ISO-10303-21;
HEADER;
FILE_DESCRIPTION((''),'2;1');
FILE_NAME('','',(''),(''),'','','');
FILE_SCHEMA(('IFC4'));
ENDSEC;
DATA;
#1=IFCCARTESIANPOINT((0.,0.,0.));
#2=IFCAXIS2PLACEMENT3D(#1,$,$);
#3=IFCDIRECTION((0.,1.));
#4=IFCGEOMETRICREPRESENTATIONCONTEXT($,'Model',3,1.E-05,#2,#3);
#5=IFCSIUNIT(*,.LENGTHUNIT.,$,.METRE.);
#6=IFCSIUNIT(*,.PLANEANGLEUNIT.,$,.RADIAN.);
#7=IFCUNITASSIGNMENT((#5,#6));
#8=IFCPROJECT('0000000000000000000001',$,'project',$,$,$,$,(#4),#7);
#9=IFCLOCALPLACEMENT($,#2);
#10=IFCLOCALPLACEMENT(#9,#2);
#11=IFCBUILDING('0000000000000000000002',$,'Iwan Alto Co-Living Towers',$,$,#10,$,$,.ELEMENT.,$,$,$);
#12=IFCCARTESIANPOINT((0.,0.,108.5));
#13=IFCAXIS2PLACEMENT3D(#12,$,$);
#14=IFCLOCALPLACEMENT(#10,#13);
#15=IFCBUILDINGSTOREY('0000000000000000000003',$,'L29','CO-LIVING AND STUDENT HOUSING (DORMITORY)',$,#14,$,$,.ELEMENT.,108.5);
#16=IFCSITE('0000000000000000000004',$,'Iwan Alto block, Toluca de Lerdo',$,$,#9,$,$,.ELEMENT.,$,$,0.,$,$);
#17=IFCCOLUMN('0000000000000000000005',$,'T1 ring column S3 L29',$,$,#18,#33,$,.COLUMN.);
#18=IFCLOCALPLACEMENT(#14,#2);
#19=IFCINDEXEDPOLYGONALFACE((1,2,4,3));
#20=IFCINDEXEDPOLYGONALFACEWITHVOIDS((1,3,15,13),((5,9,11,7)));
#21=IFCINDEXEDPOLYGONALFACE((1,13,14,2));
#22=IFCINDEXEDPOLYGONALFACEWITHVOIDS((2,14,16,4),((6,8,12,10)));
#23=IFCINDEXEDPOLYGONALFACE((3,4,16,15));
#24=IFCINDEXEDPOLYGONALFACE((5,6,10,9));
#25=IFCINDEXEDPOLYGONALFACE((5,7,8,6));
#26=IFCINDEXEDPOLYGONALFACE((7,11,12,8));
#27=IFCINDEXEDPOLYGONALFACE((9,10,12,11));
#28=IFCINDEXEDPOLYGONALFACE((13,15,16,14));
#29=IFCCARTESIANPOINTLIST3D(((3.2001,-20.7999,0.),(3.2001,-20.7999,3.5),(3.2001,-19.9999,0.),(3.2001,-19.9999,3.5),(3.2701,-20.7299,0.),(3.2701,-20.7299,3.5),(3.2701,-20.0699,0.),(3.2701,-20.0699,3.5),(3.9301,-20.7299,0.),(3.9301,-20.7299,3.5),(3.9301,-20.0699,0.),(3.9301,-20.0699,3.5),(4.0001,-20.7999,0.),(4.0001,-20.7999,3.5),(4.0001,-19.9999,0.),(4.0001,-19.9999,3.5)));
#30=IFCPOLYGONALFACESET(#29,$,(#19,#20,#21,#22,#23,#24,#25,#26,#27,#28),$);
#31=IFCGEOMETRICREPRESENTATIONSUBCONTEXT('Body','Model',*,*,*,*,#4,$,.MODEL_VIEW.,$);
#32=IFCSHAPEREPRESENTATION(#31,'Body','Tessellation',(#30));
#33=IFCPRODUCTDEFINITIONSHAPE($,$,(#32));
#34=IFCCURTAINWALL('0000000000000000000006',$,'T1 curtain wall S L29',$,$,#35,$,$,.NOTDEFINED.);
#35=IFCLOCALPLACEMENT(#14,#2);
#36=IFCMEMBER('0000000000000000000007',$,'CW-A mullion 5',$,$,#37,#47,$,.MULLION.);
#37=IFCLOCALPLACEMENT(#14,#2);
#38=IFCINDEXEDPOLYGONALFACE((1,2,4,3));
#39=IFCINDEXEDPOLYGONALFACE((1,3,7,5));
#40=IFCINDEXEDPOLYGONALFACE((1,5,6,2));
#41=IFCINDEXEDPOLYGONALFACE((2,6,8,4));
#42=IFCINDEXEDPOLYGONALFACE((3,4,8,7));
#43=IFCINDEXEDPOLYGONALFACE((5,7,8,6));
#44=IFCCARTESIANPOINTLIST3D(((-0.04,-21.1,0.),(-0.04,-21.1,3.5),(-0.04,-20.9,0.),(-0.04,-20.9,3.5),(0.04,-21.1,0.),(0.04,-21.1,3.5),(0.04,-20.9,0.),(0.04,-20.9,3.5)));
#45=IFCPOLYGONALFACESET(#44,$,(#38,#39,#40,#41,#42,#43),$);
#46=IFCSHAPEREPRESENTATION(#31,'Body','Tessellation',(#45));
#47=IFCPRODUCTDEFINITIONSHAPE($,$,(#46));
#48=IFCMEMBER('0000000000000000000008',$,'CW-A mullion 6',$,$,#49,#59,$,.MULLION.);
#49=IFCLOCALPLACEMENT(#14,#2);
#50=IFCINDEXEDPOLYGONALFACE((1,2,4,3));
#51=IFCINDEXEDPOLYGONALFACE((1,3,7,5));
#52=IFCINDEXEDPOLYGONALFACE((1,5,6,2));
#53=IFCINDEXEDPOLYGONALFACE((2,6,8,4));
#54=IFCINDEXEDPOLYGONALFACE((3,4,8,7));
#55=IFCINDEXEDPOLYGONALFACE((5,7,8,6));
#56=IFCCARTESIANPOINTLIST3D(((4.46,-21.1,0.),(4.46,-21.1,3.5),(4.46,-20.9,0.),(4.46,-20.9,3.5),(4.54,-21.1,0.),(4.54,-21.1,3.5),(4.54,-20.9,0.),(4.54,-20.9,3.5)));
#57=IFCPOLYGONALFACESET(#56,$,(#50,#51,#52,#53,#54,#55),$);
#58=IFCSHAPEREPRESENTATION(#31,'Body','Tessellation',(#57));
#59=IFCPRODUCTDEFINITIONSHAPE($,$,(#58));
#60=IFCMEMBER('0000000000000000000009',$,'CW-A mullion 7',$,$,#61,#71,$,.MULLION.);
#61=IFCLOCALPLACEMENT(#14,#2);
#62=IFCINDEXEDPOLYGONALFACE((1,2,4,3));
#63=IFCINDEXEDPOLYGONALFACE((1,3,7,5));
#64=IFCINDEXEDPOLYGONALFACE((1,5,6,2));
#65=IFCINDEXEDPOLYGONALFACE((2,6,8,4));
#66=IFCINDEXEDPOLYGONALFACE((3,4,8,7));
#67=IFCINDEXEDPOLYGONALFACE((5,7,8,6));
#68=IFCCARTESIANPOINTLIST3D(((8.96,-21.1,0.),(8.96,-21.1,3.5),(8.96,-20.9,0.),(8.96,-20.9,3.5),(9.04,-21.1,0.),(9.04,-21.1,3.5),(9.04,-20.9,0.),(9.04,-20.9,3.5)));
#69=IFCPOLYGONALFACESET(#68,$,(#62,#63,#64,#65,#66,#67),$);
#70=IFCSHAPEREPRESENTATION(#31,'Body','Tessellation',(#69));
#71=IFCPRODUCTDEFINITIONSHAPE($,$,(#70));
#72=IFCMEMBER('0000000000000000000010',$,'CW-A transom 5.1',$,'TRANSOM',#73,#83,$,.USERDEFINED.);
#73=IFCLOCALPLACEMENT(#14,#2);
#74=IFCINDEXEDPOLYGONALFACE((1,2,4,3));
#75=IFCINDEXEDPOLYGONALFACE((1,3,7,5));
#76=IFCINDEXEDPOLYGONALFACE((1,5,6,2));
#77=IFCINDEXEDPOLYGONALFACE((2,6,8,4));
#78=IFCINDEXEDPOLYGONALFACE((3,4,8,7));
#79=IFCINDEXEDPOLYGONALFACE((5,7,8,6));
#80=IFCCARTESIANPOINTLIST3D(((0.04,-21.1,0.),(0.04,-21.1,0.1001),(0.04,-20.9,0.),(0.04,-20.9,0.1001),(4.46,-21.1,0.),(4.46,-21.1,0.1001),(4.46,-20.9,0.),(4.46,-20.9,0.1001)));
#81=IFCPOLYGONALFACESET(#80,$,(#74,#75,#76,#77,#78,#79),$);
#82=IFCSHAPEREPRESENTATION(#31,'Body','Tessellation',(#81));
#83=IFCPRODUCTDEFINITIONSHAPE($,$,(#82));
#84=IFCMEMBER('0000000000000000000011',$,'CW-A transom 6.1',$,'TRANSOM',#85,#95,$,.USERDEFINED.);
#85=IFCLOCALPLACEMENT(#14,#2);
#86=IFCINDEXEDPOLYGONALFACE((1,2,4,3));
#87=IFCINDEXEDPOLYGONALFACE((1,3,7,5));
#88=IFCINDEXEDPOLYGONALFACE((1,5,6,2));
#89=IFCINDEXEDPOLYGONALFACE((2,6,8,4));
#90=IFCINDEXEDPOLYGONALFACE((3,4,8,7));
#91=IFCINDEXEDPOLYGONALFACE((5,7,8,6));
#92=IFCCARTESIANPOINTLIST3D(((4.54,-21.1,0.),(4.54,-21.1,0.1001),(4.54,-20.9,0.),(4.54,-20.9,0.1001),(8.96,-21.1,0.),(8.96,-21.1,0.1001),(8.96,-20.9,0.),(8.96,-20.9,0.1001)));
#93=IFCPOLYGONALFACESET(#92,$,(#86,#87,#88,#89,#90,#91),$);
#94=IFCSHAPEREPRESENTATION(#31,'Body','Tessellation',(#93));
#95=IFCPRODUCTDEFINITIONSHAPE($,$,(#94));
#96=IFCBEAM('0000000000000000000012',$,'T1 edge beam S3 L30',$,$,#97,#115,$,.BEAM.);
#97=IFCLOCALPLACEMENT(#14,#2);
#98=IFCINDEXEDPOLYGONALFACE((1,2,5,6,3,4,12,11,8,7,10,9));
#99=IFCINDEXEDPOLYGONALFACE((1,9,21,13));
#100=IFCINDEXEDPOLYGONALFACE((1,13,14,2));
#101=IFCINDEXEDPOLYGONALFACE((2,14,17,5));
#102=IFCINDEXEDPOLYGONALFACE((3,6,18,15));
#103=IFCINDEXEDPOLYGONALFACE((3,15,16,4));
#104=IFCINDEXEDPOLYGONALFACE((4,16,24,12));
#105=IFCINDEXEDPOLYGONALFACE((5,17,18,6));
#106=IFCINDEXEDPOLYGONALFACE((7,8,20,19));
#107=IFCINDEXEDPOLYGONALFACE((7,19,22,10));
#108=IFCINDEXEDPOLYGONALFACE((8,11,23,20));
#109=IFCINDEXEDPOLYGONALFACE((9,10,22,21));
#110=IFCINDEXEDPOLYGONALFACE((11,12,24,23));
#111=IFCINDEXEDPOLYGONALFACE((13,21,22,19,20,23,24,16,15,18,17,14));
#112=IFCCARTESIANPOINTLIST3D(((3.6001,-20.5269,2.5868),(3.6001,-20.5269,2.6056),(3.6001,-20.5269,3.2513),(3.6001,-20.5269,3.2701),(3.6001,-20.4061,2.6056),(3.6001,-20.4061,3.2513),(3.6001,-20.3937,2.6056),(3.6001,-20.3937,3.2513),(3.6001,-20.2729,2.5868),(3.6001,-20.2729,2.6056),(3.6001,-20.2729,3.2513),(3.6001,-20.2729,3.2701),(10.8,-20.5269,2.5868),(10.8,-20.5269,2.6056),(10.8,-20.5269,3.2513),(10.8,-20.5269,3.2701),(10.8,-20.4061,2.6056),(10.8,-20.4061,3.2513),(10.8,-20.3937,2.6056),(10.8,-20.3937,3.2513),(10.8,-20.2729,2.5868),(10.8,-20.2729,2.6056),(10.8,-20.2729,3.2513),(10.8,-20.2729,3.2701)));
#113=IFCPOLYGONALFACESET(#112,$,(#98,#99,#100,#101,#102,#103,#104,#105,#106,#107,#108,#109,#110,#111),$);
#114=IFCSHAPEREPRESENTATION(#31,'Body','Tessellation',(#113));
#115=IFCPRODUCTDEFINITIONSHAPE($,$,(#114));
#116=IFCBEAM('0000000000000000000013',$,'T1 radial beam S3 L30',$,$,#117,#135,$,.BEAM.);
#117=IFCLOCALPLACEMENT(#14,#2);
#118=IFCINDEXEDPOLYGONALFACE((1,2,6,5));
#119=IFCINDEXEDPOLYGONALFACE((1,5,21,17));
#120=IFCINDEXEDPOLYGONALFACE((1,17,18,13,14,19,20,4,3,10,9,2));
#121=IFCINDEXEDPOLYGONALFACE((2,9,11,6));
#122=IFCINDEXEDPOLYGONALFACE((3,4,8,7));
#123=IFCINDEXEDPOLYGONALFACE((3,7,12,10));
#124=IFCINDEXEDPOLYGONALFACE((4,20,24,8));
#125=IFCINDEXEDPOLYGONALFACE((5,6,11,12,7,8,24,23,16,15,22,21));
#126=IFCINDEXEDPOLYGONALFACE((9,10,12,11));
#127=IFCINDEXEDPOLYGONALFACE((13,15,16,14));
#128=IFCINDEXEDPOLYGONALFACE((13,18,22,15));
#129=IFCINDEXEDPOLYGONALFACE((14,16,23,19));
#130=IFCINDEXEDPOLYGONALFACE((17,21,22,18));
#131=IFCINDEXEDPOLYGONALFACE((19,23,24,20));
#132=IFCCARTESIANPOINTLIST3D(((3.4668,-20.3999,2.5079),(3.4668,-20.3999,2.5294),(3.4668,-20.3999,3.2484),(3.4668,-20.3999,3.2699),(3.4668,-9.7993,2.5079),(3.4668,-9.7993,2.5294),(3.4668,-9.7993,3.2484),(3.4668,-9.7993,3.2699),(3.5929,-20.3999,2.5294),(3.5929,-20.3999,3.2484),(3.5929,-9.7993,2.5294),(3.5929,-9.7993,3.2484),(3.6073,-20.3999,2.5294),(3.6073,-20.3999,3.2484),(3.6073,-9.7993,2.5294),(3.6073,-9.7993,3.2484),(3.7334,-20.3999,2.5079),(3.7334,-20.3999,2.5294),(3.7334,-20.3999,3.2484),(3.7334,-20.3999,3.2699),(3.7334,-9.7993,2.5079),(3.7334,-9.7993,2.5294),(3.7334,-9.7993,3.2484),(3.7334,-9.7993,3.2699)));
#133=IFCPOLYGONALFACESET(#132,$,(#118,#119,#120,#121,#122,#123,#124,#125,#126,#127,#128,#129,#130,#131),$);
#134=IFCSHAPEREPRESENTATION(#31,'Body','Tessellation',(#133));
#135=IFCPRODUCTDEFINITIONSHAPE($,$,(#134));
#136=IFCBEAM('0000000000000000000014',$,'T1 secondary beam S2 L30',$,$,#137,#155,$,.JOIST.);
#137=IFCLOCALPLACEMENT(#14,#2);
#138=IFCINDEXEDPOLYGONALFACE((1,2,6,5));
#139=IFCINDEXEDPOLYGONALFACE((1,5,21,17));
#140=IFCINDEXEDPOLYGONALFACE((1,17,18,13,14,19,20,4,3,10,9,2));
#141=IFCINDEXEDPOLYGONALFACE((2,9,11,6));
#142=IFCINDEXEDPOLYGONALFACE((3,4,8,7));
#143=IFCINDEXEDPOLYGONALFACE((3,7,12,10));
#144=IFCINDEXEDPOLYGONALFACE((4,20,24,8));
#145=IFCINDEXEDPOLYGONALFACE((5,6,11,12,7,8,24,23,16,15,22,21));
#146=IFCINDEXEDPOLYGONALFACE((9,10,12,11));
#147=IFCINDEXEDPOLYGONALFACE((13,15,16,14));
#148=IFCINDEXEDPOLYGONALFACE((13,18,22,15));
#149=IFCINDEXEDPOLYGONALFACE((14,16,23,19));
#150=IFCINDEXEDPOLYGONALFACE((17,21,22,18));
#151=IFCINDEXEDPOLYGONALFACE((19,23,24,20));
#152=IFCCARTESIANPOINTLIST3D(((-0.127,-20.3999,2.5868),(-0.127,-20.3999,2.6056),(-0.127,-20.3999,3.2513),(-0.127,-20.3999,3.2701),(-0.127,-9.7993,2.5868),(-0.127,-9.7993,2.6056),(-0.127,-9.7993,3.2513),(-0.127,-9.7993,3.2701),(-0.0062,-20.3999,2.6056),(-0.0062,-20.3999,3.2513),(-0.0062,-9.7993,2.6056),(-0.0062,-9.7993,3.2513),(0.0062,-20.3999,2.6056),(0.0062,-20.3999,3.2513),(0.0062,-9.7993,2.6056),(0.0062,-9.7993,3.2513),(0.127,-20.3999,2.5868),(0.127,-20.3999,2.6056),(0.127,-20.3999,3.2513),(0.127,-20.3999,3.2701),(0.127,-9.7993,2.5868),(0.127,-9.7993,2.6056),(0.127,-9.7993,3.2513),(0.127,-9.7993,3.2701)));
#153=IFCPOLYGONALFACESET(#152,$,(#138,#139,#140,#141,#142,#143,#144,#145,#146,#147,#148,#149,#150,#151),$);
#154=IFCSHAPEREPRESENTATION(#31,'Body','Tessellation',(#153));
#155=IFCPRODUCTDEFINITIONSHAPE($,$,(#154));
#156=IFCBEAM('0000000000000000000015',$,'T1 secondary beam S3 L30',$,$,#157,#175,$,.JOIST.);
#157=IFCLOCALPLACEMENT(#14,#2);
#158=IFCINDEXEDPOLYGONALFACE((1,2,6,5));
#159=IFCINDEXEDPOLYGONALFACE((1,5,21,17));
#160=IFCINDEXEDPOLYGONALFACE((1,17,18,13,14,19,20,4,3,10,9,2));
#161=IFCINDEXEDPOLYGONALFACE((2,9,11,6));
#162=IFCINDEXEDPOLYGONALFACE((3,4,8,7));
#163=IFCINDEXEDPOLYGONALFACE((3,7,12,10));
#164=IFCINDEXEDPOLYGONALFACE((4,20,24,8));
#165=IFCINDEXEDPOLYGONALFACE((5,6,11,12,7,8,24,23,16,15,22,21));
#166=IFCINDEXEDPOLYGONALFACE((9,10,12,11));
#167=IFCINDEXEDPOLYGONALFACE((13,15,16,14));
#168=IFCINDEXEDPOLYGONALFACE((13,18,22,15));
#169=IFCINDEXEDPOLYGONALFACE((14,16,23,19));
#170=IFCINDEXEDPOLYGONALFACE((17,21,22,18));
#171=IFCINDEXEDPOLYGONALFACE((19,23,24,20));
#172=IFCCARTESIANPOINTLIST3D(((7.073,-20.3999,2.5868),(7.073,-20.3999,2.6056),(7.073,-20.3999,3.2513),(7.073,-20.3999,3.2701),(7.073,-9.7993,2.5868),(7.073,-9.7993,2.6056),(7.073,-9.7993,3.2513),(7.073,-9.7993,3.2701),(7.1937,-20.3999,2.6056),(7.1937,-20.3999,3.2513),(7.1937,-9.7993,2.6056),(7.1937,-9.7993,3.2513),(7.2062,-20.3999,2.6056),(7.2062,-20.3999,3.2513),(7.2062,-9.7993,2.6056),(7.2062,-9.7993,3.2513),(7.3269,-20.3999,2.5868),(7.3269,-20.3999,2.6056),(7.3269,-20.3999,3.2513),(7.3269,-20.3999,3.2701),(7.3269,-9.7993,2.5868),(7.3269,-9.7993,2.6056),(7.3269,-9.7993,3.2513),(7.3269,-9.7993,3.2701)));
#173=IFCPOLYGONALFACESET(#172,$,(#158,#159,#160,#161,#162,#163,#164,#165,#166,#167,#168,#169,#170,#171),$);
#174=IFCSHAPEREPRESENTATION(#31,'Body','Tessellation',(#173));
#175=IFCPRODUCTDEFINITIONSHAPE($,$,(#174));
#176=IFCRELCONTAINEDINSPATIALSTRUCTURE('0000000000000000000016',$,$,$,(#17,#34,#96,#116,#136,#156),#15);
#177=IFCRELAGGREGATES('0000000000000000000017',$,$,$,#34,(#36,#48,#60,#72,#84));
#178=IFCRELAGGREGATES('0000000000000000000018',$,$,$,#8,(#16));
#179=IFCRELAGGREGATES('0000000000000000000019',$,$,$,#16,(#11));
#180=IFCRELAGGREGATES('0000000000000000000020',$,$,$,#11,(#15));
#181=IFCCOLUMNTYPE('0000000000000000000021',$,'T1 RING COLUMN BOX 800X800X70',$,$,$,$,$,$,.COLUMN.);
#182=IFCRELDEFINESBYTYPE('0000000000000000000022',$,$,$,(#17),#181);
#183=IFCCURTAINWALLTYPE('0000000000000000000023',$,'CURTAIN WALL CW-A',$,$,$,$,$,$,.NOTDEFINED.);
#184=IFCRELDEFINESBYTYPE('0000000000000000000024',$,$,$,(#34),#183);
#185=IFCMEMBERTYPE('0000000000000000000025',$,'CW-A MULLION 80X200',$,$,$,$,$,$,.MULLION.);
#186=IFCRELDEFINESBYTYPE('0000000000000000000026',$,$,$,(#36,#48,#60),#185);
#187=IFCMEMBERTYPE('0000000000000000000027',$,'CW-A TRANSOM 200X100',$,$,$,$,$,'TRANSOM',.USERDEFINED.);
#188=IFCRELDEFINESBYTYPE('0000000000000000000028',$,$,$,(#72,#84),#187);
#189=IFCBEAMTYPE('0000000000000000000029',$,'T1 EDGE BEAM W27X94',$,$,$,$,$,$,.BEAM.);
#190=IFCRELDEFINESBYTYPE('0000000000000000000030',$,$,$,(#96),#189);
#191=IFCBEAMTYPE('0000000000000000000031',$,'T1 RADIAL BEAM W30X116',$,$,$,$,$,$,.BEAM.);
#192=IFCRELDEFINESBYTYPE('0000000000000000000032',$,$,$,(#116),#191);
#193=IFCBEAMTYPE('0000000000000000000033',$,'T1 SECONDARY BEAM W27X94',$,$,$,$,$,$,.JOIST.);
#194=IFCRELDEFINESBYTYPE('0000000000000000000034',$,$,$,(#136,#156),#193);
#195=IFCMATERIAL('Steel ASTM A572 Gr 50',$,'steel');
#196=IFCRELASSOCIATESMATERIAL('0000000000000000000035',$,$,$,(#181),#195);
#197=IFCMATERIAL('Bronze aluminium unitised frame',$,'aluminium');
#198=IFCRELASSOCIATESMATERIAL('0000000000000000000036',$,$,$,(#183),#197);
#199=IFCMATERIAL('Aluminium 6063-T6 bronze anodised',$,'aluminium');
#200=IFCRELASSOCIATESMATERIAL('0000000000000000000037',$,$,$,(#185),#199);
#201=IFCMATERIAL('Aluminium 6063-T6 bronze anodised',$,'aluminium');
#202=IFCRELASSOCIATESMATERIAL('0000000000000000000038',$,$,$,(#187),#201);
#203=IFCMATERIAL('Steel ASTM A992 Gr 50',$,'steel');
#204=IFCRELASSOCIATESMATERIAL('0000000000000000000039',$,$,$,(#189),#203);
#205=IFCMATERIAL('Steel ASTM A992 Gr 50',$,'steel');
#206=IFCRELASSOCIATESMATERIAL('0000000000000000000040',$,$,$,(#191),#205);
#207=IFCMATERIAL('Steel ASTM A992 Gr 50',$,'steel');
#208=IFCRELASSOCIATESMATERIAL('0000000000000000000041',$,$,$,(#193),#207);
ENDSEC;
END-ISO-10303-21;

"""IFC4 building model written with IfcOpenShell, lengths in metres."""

from ifc_helpers import new_model, si_unit, direction, frame, origin, origin_2d, place, context, subcontext, project, spatial, rectangle, hollow_rectangle, i_section, extrude, material, material_profile, profile_set, type_object, element, aggregate, save


model = new_model("IFC4")

# Units and contexts
model_context = context("Model", 3, precision=1e-05, world=origin(), true_north=direction((0.0, 1.0)))
body_context = subcontext(model_context, "Body", "Model", "MODEL_VIEW")
ifc_project = project(units=[si_unit("LENGTHUNIT", "METRE"), si_unit("PLANEANGLEUNIT", "RADIAN")], contexts=[model_context])

# Site, building, storey
site_placement = place(None, origin())
site = spatial("IfcSite", under=ifc_project, at=site_placement, Name="Iwan Alto block, Toluca de Lerdo", CompositionType="ELEMENT", RefElevation=0.0)
building_placement = place(site_placement, origin())
building = spatial("IfcBuilding", under=site, at=building_placement, Name="Iwan Alto Co-Living Towers", CompositionType="ELEMENT")
storey_placement = place(building_placement, frame((0.0, 0.0, 108.5)))
storey = spatial("IfcBuildingStorey", under=building, at=storey_placement, Name="L29", Description="CO-LIVING AND STUDENT HOUSING (DORMITORY)", CompositionType="ELEMENT", Elevation=108.5)

# Column
ifc_material_1 = material(Name="Steel ASTM A572 Gr 50", Category="steel")
ifc_material_profile_1 = material_profile(ifc_material_1, hollow_rectangle(XDim=0.8, YDim=0.8, WallThickness=0.0701, at=origin_2d()), Name="BOX 800X800X70")
ifc_profile_set_1 = profile_set([ifc_material_profile_1], Name="Steel ASTM A572 Gr 50")
column_type = type_object("IfcColumnType", Name="T1 RING COLUMN BOX 800X800X70", PredefinedType="COLUMN", material=ifc_profile_set_1)
column_placement = place(storey_placement, frame((3.6001, -20.3999, 0.0), z_axis=(0.0, 0.0, 1.0), x_axis=(1.0, 0.0, 0.0)))
element("IfcColumn", 1, at=column_placement, inside=storey, type_object=column_type, Name="T1 ring column S3 L29", PredefinedType="COLUMN", context=body_context, shape_type="SweptSolid", body=[
    extrude(hollow_rectangle(XDim=0.8, YDim=0.8, WallThickness=0.0701, at=origin_2d()), origin(), (0.0, 0.0, 1.0), 3.5),
])

# Curtain wall, members
ifc_material_2 = material(Name="Bronze aluminium unitised frame", Category="aluminium")
curtain_wall_type = type_object("IfcCurtainWallType", Name="CURTAIN WALL CW-A", PredefinedType="NOTDEFINED", material=ifc_material_2)
curtain_wall_placement = place(storey_placement, origin())
curtain_wall = element("IfcCurtainWall", 2, at=curtain_wall_placement, inside=storey, type_object=curtain_wall_type, Name="T1 curtain wall S L29", PredefinedType="NOTDEFINED")
ifc_material_3 = material(Name="Aluminium 6063-T6 bronze anodised", Category="aluminium")
ifc_material_profile_2 = material_profile(ifc_material_3, rectangle(XDim=0.2, YDim=0.0801, at=origin_2d()), Name="AL 80X200")
ifc_profile_set_2 = profile_set([ifc_material_profile_2], Name="Aluminium 6063-T6 bronze anodised")
member_type_1 = type_object("IfcMemberType", Name="CW-A MULLION 80X200", PredefinedType="MULLION", material=ifc_profile_set_2)
member_1_placement = place(storey_placement, frame((0.0, -21.0, 0.0), z_axis=(0.0, 0.0, 1.0), x_axis=(0.0, 1.0, 0.0)))
member_1 = element("IfcMember", 3, at=member_1_placement, type_object=member_type_1, Name="CW-A mullion 5", PredefinedType="MULLION", context=body_context, shape_type="SweptSolid", body=[
    extrude(rectangle(XDim=0.2, YDim=0.0801, at=origin_2d()), origin(), (0.0, 0.0, 1.0), 3.5),
])
member_2_placement = place(storey_placement, frame((4.5, -21.0, 0.0), z_axis=(0.0, 0.0, 1.0), x_axis=(0.0, 1.0, 0.0)))
member_2 = element("IfcMember", 4, at=member_2_placement, type_object=member_type_1, Name="CW-A mullion 6", PredefinedType="MULLION", context=body_context, shape_type="SweptSolid", body=[
    extrude(rectangle(XDim=0.2, YDim=0.0801, at=origin_2d()), origin(), (0.0, 0.0, 1.0), 3.5),
])
member_3_placement = place(storey_placement, frame((9.0, -21.0, 0.0), z_axis=(0.0, 0.0, 1.0), x_axis=(0.0, 1.0, 0.0)))
member_3 = element("IfcMember", 5, at=member_3_placement, type_object=member_type_1, Name="CW-A mullion 7", PredefinedType="MULLION", context=body_context, shape_type="SweptSolid", body=[
    extrude(rectangle(XDim=0.2, YDim=0.0801, at=origin_2d()), origin(), (0.0, 0.0, 1.0), 3.5),
])
ifc_material_4 = material(Name="Aluminium 6063-T6 bronze anodised", Category="aluminium")
ifc_material_profile_3 = material_profile(ifc_material_4, rectangle(XDim=0.2, YDim=0.1001, at=origin_2d()), Name="AL 200X100")
ifc_profile_set_3 = profile_set([ifc_material_profile_3], Name="Aluminium 6063-T6 bronze anodised")
member_type_2 = type_object("IfcMemberType", Name="CW-A TRANSOM 200X100", ElementType="TRANSOM", PredefinedType="USERDEFINED", material=ifc_profile_set_3)
member_4_placement = place(storey_placement, frame((0.04, -21.0, 0.05), z_axis=(1.0, 0.0, 0.0), x_axis=(0.0, 1.0, 0.0)))
member_4 = element("IfcMember", 6, at=member_4_placement, type_object=member_type_2, Name="CW-A transom 5.1", ObjectType="TRANSOM", PredefinedType="USERDEFINED", context=body_context, shape_type="SweptSolid", body=[
    extrude(rectangle(XDim=0.2, YDim=0.1001, at=origin_2d()), origin(), (0.0, 0.0, 1.0), 4.4199),
])
member_5_placement = place(storey_placement, frame((4.54, -21.0, 0.05), z_axis=(1.0, 0.0, 0.0), x_axis=(0.0, 1.0, 0.0)))
member_5 = element("IfcMember", 7, at=member_5_placement, type_object=member_type_2, Name="CW-A transom 6.1", ObjectType="TRANSOM", PredefinedType="USERDEFINED", context=body_context, shape_type="SweptSolid", body=[
    extrude(rectangle(XDim=0.2, YDim=0.1001, at=origin_2d()), origin(), (0.0, 0.0, 1.0), 4.4199),
])

# Beams
ifc_material_5 = material(Name="Steel ASTM A992 Gr 50", Category="steel")
ifc_material_profile_4 = material_profile(ifc_material_5, i_section(OverallWidth=0.2539, OverallDepth=0.6833, WebThickness=0.0125, FlangeThickness=0.0188, at=origin_2d()), Name="W27X94")
ifc_profile_set_4 = profile_set([ifc_material_profile_4], Name="Steel ASTM A992 Gr 50")
beam_type_1 = type_object("IfcBeamType", Name="T1 EDGE BEAM W27X94", PredefinedType="BEAM", material=ifc_profile_set_4)
beam_1_placement = place(storey_placement, frame((3.6001, -20.3999, 2.9285), z_axis=(1.0, 0.0, 0.0), x_axis=(0.0, 1.0, 0.0)))
element("IfcBeam", 8, at=beam_1_placement, inside=storey, type_object=beam_type_1, Name="T1 edge beam S3 L30", PredefinedType="BEAM", context=body_context, shape_type="SweptSolid", body=[
    extrude(i_section(OverallWidth=0.2539, OverallDepth=0.6833, WebThickness=0.0125, FlangeThickness=0.0188, at=origin_2d()), origin(), (0.0, 0.0, 1.0), 7.2),
])
ifc_material_6 = material(Name="Steel ASTM A992 Gr 50", Category="steel")
ifc_material_profile_5 = material_profile(ifc_material_6, i_section(OverallWidth=0.2666, OverallDepth=0.762, WebThickness=0.0144, FlangeThickness=0.0215, at=origin_2d()), Name="W30X116")
ifc_profile_set_5 = profile_set([ifc_material_profile_5], Name="Steel ASTM A992 Gr 50")
beam_type_2 = type_object("IfcBeamType", Name="T1 RADIAL BEAM W30X116", PredefinedType="BEAM", material=ifc_profile_set_5)
beam_2_placement = place(storey_placement, frame((3.6001, -20.3999, 2.8889), z_axis=(0.0, 1.0, 0.0), x_axis=(-1.0, 0.0, 0.0)))
element("IfcBeam", 9, at=beam_2_placement, inside=storey, type_object=beam_type_2, Name="T1 radial beam S3 L30", PredefinedType="BEAM", context=body_context, shape_type="SweptSolid", body=[
    extrude(i_section(OverallWidth=0.2666, OverallDepth=0.762, WebThickness=0.0144, FlangeThickness=0.0215, at=origin_2d()), origin(), (0.0, 0.0, 1.0), 10.6006),
])
ifc_material_7 = material(Name="Steel ASTM A992 Gr 50", Category="steel")
ifc_material_profile_6 = material_profile(ifc_material_7, i_section(OverallWidth=0.2539, OverallDepth=0.6833, WebThickness=0.0125, FlangeThickness=0.0188, at=origin_2d()), Name="W27X94")
ifc_profile_set_6 = profile_set([ifc_material_profile_6], Name="Steel ASTM A992 Gr 50")
beam_type_3 = type_object("IfcBeamType", Name="T1 SECONDARY BEAM W27X94", PredefinedType="JOIST", material=ifc_profile_set_6)
for number, where, z_axis, x_axis, name in (
    (10, (0.0, -20.3999, 2.9285), (0.0, 1.0, 0.0), (-1.0, 0.0, 0.0), "T1 secondary beam S2 L30"),
    (11, (7.2, -20.3999, 2.9285), (0.0, 1.0, 0.0), (-1.0, 0.0, 0.0), "T1 secondary beam S3 L30"),
):
    element("IfcBeam", number, at=place(storey_placement, frame(where, z_axis=z_axis, x_axis=x_axis)), inside=storey, type_object=beam_type_3, Name=name, PredefinedType="JOIST", context=body_context, shape_type="SweptSolid", body=[
        extrude(i_section(OverallWidth=0.2539, OverallDepth=0.6833, WebThickness=0.0125, FlangeThickness=0.0188, at=origin_2d()), origin(), (0.0, 0.0, 1.0), 10.6006),
    ])

aggregate(curtain_wall, [member_1, member_2, member_3, member_4, member_5])

save(model, "model.ifc")
